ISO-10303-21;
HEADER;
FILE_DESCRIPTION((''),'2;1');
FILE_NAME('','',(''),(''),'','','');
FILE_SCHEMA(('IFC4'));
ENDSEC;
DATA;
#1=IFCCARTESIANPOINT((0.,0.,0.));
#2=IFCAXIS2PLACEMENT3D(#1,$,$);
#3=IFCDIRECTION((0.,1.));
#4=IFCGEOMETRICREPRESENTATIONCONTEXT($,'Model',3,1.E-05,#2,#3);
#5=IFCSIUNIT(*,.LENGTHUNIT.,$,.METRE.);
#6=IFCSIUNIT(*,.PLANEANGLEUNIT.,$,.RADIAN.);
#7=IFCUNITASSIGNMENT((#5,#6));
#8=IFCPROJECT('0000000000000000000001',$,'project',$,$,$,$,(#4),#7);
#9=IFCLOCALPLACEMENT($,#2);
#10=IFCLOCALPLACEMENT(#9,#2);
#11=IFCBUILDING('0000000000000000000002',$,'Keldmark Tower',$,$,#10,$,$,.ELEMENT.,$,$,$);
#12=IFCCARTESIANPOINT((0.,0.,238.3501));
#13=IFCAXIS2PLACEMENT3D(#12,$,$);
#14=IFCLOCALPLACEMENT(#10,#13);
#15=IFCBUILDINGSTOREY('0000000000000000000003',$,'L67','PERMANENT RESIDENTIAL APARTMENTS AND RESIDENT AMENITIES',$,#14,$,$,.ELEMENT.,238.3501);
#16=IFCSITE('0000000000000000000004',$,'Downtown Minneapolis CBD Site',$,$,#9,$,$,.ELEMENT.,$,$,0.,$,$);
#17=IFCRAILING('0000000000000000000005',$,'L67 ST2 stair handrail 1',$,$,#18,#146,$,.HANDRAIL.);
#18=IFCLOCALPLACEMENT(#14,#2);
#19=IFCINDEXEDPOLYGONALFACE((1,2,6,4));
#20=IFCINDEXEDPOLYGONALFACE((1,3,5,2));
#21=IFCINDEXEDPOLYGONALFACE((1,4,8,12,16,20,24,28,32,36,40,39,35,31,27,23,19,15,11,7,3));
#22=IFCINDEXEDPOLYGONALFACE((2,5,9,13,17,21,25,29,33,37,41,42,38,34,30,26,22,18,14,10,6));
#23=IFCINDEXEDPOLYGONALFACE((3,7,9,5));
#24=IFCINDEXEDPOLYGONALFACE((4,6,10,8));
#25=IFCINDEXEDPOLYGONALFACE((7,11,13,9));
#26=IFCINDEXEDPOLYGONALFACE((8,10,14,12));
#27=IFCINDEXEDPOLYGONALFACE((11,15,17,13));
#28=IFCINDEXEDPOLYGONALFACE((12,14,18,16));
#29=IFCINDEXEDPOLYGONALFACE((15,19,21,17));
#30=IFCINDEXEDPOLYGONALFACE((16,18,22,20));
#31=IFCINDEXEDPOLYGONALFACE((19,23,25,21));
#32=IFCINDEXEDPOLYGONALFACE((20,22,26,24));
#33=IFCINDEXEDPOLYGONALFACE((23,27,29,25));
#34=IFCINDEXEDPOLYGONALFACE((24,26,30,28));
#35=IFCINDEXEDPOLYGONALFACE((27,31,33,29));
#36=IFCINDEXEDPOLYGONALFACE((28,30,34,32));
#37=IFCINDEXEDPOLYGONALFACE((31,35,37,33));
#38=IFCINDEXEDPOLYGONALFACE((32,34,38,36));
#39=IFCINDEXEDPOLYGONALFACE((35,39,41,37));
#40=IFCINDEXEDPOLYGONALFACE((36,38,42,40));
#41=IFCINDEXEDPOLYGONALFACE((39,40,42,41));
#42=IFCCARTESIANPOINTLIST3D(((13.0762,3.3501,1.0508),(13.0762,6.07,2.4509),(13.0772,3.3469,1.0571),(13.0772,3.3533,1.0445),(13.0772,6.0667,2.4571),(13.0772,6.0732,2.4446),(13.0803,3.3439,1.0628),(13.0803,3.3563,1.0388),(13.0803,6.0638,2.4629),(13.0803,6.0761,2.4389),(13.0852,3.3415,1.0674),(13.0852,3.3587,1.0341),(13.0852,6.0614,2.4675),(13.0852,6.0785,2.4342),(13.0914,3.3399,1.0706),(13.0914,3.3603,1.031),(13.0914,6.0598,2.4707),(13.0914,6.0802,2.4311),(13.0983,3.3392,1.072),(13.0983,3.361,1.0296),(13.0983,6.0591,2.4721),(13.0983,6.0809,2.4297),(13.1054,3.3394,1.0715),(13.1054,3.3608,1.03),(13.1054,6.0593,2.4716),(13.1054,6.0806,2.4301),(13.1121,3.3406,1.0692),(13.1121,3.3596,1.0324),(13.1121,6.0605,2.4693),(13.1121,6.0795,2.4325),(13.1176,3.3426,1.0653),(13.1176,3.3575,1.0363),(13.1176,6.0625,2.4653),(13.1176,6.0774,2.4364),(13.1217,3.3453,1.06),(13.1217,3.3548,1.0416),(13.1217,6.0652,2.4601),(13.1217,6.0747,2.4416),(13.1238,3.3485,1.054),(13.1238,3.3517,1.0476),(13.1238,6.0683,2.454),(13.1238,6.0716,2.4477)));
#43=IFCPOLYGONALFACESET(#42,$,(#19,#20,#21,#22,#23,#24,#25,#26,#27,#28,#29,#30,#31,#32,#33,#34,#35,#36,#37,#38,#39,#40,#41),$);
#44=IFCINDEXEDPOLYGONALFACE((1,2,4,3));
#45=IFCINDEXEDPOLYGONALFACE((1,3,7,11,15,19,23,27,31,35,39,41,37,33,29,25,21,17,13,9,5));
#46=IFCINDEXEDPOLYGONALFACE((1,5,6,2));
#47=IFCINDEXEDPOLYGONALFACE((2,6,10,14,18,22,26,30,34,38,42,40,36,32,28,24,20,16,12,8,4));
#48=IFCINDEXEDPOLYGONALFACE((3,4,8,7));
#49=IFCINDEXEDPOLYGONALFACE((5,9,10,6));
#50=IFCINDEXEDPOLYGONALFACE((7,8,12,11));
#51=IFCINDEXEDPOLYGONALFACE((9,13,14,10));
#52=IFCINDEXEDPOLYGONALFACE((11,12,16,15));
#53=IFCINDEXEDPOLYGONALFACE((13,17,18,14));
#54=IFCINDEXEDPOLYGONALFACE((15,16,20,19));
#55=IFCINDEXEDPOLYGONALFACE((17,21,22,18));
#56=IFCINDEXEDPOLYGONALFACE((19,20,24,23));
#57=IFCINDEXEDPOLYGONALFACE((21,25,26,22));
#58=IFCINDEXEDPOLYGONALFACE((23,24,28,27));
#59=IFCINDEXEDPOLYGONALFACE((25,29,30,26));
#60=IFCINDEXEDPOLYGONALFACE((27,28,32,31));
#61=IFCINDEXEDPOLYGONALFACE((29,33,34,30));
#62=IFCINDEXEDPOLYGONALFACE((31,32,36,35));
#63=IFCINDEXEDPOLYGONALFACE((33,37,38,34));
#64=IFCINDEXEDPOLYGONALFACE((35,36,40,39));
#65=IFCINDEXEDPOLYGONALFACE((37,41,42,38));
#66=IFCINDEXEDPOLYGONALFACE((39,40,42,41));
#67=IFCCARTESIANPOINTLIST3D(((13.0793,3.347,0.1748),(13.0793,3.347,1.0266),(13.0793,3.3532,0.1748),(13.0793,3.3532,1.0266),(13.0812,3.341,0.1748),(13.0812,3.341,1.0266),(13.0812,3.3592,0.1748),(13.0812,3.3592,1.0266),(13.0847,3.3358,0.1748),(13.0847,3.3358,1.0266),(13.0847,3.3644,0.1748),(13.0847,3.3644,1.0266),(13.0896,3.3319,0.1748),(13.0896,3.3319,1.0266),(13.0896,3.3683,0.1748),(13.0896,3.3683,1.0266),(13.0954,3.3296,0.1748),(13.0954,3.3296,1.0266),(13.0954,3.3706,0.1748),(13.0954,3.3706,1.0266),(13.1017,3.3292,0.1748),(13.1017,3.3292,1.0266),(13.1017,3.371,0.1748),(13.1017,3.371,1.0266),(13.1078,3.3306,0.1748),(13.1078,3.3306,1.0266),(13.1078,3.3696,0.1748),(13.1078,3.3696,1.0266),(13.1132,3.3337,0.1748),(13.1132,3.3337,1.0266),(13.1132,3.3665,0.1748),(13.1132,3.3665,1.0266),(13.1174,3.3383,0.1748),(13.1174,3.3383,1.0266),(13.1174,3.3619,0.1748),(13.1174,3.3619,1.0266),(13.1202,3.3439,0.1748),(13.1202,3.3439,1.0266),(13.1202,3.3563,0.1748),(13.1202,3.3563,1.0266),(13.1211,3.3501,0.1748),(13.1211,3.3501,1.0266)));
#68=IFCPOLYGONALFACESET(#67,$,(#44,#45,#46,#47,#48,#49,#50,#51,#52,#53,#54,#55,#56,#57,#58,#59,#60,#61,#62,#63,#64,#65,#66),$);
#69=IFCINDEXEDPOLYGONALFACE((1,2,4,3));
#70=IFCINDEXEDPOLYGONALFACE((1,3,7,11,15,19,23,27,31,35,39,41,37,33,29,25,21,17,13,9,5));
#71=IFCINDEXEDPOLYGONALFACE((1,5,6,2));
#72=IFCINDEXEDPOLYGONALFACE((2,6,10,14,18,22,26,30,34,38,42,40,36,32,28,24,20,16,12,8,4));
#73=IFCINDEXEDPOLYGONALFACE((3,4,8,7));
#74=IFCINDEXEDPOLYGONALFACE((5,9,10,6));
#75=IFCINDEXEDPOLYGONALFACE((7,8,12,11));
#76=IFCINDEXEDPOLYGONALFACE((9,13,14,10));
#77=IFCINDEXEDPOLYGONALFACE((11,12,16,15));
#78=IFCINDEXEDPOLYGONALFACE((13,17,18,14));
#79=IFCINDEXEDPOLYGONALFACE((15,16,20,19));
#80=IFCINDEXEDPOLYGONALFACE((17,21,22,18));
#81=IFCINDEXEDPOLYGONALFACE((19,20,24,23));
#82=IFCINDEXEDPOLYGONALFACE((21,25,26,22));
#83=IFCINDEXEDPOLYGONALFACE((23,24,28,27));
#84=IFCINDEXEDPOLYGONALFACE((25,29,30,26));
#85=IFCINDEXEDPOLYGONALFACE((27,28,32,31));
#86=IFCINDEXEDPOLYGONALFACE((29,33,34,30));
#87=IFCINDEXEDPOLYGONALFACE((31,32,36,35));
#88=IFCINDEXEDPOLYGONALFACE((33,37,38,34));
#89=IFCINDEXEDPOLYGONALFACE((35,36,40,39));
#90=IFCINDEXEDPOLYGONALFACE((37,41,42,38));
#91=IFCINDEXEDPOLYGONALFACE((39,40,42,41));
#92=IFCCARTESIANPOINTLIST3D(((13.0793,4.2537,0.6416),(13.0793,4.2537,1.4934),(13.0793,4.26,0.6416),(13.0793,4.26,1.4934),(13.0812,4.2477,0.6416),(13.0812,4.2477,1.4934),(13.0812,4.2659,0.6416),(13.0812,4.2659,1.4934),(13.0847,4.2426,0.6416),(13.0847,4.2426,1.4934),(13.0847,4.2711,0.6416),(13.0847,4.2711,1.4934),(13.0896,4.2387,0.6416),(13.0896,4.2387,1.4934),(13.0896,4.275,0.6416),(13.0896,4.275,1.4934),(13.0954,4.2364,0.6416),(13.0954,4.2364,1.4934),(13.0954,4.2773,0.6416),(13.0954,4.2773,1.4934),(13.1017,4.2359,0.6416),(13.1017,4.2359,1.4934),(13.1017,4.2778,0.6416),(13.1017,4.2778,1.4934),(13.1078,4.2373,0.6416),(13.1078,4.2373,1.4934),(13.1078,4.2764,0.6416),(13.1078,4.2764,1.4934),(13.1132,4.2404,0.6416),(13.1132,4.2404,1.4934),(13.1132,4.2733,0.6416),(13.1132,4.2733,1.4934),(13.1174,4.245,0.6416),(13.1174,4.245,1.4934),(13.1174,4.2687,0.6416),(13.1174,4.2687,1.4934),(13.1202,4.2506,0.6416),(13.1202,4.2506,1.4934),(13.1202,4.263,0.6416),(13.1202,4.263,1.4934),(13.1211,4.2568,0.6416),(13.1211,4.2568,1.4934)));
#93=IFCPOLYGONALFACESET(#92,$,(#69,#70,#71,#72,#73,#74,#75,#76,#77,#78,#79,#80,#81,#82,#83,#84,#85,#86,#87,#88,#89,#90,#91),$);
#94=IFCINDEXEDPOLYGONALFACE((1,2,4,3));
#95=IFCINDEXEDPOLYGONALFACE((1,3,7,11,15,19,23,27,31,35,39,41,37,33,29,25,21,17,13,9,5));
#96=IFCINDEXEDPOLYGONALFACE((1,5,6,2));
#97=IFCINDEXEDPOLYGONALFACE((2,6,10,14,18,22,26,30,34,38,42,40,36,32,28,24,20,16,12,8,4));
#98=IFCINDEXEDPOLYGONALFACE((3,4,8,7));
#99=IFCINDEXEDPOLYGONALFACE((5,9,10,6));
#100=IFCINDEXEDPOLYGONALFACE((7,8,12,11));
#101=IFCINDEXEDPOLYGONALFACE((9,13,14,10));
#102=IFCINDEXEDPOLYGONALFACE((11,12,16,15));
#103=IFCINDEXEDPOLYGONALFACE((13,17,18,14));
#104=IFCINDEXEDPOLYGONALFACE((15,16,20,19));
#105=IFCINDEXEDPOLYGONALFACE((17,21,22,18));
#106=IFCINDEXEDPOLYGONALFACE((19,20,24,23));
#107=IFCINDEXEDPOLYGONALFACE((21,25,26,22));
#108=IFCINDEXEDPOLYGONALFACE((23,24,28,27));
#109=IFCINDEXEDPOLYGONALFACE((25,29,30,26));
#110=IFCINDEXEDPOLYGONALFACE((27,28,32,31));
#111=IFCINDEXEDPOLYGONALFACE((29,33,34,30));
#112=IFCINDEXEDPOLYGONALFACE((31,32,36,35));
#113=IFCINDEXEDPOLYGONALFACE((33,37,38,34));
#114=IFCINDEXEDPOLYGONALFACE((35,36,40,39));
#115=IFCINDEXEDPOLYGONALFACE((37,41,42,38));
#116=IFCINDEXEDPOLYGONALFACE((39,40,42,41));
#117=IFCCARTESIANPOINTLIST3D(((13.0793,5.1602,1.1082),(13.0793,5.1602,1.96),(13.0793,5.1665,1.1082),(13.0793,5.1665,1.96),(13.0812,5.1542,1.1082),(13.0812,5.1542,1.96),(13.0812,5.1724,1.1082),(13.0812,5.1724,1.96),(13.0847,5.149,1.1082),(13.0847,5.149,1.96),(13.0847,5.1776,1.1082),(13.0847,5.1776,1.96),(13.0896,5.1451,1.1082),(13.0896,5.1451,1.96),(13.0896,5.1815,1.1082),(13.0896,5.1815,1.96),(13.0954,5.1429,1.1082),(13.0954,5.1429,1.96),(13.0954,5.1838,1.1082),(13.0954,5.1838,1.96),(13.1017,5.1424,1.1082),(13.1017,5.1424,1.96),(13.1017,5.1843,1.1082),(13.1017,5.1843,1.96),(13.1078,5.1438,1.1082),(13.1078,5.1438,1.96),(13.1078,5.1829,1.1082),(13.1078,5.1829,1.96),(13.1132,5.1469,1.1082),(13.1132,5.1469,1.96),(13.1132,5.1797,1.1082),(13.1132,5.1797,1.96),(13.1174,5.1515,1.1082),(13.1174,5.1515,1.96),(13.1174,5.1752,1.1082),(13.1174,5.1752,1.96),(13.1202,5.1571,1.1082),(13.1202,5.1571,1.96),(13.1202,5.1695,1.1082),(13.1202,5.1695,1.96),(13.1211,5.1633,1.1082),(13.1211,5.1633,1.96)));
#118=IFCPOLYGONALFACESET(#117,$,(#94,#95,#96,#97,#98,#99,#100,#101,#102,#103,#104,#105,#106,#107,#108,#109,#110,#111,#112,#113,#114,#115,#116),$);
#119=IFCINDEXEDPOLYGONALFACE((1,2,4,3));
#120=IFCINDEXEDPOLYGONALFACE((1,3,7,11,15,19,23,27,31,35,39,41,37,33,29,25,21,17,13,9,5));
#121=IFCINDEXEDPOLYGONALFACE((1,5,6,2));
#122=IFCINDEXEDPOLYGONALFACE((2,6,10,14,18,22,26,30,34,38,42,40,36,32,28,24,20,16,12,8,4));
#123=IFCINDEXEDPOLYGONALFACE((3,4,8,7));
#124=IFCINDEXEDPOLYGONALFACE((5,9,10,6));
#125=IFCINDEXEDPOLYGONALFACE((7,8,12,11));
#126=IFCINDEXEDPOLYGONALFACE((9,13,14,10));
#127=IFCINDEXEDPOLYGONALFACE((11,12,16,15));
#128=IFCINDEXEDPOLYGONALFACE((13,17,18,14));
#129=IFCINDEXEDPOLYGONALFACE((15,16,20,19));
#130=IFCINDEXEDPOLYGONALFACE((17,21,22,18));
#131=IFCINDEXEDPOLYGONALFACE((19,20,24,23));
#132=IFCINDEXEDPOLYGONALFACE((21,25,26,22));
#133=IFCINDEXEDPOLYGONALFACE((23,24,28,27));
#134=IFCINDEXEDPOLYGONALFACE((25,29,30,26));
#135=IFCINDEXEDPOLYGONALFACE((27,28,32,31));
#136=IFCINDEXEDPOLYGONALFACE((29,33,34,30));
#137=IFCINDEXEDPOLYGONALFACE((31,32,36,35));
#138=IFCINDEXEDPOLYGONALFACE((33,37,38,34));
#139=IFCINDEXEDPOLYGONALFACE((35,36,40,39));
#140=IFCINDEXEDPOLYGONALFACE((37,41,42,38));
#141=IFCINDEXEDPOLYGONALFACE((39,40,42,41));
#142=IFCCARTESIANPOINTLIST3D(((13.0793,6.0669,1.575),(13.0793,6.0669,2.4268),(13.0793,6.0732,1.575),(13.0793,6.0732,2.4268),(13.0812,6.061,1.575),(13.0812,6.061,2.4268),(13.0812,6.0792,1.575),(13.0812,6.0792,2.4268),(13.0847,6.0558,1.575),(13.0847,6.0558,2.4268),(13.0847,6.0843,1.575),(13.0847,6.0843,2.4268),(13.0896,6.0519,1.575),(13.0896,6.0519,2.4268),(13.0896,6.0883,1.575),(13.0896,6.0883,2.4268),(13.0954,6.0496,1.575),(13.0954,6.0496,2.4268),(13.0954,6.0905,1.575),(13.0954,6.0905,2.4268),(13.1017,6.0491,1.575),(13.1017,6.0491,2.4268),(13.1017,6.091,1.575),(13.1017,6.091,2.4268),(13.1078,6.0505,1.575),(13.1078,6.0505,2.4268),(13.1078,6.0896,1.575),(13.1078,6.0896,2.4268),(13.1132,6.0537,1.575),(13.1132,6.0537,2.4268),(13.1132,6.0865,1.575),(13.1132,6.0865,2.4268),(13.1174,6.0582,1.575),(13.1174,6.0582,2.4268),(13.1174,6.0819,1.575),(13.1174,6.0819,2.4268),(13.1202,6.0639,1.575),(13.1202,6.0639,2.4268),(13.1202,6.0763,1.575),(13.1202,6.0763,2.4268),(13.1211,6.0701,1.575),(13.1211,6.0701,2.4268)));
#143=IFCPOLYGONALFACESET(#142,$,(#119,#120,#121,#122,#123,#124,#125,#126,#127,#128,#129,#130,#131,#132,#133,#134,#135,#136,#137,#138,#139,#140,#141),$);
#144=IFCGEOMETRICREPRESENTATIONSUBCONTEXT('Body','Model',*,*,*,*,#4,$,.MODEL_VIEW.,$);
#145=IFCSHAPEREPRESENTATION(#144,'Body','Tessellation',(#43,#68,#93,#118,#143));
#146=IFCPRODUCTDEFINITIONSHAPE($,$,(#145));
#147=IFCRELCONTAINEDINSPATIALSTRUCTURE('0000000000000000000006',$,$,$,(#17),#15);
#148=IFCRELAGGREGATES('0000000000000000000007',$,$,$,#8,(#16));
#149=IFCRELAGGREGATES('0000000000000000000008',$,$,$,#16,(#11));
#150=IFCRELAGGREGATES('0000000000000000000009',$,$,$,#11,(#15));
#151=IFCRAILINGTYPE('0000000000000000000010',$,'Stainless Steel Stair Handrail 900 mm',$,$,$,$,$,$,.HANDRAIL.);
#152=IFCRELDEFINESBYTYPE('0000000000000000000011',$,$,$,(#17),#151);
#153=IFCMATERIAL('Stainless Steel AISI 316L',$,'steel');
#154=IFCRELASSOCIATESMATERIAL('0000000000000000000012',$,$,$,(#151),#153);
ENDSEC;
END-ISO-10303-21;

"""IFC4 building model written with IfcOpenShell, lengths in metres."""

from ifc_helpers import new_model, si_unit, direction, frame, origin, origin_2d, place, context, subcontext, project, spatial, circle, extrude, material, type_object, element, save


model = new_model("IFC4")

# Units and contexts
model_context = context("Model", 3, precision=1e-05, world=origin(), true_north=direction((0.0, 1.0)))
body_context = subcontext(model_context, "Body", "Model", "MODEL_VIEW")
ifc_project = project(units=[si_unit("LENGTHUNIT", "METRE"), si_unit("PLANEANGLEUNIT", "RADIAN")], contexts=[model_context])

# Site, building, storey
site_placement = place(None, origin())
site = spatial("IfcSite", under=ifc_project, at=site_placement, Name="Downtown Minneapolis CBD Site", CompositionType="ELEMENT", RefElevation=0.0)
building_placement = place(site_placement, origin())
building = spatial("IfcBuilding", under=site, at=building_placement, Name="Keldmark Tower", CompositionType="ELEMENT")
storey_placement = place(building_placement, frame((0.0, 0.0, 238.3501)))
storey = spatial("IfcBuildingStorey", under=building, at=storey_placement, Name="L67", Description="PERMANENT RESIDENTIAL APARTMENTS AND RESIDENT AMENITIES", CompositionType="ELEMENT", Elevation=238.3501)

# Railing
ifc_material_1 = material(Name="Stainless Steel AISI 316L", Category="steel")
railing_type_1 = type_object("IfcRailingType", Name="Stainless Steel Stair Handrail 900 mm", PredefinedType="HANDRAIL", material=ifc_material_1)
railing_1_placement = place(storey_placement, frame((13.1001, 3.3501, 0.1748)))
element("IfcRailing", 1, at=railing_1_placement, inside=storey, type_object=railing_type_1, Name="L67 ST2 stair handrail 1", PredefinedType="HANDRAIL", context=body_context, shape_type="SweptSolid", body=[
    extrude(circle(Radius=0.0239, at=origin_2d()), frame((0.0, 0.0, 0.876), z_axis=(0.0, 0.889114, 0.457685), x_axis=(-1.0, 0.0, 0.0)), (0.0, 0.0, 1.0), 3.0591),
    extrude(circle(Radius=0.021, at=origin_2d()), origin(), (0.0, 0.0, 1.0), 0.8518),
    extrude(circle(Radius=0.021, at=origin_2d()), frame((0.0, 0.9067, 0.4668)), (0.0, 0.0, 1.0), 0.8518),
    extrude(circle(Radius=0.021, at=origin_2d()), frame((0.0, 1.8132, 0.9333)), (0.0, 0.0, 1.0), 0.8518),
    extrude(circle(Radius=0.021, at=origin_2d()), frame((0.0, 2.72, 1.4001)), (0.0, 0.0, 1.0), 0.8518),
])

save(model, "model.ifc")
